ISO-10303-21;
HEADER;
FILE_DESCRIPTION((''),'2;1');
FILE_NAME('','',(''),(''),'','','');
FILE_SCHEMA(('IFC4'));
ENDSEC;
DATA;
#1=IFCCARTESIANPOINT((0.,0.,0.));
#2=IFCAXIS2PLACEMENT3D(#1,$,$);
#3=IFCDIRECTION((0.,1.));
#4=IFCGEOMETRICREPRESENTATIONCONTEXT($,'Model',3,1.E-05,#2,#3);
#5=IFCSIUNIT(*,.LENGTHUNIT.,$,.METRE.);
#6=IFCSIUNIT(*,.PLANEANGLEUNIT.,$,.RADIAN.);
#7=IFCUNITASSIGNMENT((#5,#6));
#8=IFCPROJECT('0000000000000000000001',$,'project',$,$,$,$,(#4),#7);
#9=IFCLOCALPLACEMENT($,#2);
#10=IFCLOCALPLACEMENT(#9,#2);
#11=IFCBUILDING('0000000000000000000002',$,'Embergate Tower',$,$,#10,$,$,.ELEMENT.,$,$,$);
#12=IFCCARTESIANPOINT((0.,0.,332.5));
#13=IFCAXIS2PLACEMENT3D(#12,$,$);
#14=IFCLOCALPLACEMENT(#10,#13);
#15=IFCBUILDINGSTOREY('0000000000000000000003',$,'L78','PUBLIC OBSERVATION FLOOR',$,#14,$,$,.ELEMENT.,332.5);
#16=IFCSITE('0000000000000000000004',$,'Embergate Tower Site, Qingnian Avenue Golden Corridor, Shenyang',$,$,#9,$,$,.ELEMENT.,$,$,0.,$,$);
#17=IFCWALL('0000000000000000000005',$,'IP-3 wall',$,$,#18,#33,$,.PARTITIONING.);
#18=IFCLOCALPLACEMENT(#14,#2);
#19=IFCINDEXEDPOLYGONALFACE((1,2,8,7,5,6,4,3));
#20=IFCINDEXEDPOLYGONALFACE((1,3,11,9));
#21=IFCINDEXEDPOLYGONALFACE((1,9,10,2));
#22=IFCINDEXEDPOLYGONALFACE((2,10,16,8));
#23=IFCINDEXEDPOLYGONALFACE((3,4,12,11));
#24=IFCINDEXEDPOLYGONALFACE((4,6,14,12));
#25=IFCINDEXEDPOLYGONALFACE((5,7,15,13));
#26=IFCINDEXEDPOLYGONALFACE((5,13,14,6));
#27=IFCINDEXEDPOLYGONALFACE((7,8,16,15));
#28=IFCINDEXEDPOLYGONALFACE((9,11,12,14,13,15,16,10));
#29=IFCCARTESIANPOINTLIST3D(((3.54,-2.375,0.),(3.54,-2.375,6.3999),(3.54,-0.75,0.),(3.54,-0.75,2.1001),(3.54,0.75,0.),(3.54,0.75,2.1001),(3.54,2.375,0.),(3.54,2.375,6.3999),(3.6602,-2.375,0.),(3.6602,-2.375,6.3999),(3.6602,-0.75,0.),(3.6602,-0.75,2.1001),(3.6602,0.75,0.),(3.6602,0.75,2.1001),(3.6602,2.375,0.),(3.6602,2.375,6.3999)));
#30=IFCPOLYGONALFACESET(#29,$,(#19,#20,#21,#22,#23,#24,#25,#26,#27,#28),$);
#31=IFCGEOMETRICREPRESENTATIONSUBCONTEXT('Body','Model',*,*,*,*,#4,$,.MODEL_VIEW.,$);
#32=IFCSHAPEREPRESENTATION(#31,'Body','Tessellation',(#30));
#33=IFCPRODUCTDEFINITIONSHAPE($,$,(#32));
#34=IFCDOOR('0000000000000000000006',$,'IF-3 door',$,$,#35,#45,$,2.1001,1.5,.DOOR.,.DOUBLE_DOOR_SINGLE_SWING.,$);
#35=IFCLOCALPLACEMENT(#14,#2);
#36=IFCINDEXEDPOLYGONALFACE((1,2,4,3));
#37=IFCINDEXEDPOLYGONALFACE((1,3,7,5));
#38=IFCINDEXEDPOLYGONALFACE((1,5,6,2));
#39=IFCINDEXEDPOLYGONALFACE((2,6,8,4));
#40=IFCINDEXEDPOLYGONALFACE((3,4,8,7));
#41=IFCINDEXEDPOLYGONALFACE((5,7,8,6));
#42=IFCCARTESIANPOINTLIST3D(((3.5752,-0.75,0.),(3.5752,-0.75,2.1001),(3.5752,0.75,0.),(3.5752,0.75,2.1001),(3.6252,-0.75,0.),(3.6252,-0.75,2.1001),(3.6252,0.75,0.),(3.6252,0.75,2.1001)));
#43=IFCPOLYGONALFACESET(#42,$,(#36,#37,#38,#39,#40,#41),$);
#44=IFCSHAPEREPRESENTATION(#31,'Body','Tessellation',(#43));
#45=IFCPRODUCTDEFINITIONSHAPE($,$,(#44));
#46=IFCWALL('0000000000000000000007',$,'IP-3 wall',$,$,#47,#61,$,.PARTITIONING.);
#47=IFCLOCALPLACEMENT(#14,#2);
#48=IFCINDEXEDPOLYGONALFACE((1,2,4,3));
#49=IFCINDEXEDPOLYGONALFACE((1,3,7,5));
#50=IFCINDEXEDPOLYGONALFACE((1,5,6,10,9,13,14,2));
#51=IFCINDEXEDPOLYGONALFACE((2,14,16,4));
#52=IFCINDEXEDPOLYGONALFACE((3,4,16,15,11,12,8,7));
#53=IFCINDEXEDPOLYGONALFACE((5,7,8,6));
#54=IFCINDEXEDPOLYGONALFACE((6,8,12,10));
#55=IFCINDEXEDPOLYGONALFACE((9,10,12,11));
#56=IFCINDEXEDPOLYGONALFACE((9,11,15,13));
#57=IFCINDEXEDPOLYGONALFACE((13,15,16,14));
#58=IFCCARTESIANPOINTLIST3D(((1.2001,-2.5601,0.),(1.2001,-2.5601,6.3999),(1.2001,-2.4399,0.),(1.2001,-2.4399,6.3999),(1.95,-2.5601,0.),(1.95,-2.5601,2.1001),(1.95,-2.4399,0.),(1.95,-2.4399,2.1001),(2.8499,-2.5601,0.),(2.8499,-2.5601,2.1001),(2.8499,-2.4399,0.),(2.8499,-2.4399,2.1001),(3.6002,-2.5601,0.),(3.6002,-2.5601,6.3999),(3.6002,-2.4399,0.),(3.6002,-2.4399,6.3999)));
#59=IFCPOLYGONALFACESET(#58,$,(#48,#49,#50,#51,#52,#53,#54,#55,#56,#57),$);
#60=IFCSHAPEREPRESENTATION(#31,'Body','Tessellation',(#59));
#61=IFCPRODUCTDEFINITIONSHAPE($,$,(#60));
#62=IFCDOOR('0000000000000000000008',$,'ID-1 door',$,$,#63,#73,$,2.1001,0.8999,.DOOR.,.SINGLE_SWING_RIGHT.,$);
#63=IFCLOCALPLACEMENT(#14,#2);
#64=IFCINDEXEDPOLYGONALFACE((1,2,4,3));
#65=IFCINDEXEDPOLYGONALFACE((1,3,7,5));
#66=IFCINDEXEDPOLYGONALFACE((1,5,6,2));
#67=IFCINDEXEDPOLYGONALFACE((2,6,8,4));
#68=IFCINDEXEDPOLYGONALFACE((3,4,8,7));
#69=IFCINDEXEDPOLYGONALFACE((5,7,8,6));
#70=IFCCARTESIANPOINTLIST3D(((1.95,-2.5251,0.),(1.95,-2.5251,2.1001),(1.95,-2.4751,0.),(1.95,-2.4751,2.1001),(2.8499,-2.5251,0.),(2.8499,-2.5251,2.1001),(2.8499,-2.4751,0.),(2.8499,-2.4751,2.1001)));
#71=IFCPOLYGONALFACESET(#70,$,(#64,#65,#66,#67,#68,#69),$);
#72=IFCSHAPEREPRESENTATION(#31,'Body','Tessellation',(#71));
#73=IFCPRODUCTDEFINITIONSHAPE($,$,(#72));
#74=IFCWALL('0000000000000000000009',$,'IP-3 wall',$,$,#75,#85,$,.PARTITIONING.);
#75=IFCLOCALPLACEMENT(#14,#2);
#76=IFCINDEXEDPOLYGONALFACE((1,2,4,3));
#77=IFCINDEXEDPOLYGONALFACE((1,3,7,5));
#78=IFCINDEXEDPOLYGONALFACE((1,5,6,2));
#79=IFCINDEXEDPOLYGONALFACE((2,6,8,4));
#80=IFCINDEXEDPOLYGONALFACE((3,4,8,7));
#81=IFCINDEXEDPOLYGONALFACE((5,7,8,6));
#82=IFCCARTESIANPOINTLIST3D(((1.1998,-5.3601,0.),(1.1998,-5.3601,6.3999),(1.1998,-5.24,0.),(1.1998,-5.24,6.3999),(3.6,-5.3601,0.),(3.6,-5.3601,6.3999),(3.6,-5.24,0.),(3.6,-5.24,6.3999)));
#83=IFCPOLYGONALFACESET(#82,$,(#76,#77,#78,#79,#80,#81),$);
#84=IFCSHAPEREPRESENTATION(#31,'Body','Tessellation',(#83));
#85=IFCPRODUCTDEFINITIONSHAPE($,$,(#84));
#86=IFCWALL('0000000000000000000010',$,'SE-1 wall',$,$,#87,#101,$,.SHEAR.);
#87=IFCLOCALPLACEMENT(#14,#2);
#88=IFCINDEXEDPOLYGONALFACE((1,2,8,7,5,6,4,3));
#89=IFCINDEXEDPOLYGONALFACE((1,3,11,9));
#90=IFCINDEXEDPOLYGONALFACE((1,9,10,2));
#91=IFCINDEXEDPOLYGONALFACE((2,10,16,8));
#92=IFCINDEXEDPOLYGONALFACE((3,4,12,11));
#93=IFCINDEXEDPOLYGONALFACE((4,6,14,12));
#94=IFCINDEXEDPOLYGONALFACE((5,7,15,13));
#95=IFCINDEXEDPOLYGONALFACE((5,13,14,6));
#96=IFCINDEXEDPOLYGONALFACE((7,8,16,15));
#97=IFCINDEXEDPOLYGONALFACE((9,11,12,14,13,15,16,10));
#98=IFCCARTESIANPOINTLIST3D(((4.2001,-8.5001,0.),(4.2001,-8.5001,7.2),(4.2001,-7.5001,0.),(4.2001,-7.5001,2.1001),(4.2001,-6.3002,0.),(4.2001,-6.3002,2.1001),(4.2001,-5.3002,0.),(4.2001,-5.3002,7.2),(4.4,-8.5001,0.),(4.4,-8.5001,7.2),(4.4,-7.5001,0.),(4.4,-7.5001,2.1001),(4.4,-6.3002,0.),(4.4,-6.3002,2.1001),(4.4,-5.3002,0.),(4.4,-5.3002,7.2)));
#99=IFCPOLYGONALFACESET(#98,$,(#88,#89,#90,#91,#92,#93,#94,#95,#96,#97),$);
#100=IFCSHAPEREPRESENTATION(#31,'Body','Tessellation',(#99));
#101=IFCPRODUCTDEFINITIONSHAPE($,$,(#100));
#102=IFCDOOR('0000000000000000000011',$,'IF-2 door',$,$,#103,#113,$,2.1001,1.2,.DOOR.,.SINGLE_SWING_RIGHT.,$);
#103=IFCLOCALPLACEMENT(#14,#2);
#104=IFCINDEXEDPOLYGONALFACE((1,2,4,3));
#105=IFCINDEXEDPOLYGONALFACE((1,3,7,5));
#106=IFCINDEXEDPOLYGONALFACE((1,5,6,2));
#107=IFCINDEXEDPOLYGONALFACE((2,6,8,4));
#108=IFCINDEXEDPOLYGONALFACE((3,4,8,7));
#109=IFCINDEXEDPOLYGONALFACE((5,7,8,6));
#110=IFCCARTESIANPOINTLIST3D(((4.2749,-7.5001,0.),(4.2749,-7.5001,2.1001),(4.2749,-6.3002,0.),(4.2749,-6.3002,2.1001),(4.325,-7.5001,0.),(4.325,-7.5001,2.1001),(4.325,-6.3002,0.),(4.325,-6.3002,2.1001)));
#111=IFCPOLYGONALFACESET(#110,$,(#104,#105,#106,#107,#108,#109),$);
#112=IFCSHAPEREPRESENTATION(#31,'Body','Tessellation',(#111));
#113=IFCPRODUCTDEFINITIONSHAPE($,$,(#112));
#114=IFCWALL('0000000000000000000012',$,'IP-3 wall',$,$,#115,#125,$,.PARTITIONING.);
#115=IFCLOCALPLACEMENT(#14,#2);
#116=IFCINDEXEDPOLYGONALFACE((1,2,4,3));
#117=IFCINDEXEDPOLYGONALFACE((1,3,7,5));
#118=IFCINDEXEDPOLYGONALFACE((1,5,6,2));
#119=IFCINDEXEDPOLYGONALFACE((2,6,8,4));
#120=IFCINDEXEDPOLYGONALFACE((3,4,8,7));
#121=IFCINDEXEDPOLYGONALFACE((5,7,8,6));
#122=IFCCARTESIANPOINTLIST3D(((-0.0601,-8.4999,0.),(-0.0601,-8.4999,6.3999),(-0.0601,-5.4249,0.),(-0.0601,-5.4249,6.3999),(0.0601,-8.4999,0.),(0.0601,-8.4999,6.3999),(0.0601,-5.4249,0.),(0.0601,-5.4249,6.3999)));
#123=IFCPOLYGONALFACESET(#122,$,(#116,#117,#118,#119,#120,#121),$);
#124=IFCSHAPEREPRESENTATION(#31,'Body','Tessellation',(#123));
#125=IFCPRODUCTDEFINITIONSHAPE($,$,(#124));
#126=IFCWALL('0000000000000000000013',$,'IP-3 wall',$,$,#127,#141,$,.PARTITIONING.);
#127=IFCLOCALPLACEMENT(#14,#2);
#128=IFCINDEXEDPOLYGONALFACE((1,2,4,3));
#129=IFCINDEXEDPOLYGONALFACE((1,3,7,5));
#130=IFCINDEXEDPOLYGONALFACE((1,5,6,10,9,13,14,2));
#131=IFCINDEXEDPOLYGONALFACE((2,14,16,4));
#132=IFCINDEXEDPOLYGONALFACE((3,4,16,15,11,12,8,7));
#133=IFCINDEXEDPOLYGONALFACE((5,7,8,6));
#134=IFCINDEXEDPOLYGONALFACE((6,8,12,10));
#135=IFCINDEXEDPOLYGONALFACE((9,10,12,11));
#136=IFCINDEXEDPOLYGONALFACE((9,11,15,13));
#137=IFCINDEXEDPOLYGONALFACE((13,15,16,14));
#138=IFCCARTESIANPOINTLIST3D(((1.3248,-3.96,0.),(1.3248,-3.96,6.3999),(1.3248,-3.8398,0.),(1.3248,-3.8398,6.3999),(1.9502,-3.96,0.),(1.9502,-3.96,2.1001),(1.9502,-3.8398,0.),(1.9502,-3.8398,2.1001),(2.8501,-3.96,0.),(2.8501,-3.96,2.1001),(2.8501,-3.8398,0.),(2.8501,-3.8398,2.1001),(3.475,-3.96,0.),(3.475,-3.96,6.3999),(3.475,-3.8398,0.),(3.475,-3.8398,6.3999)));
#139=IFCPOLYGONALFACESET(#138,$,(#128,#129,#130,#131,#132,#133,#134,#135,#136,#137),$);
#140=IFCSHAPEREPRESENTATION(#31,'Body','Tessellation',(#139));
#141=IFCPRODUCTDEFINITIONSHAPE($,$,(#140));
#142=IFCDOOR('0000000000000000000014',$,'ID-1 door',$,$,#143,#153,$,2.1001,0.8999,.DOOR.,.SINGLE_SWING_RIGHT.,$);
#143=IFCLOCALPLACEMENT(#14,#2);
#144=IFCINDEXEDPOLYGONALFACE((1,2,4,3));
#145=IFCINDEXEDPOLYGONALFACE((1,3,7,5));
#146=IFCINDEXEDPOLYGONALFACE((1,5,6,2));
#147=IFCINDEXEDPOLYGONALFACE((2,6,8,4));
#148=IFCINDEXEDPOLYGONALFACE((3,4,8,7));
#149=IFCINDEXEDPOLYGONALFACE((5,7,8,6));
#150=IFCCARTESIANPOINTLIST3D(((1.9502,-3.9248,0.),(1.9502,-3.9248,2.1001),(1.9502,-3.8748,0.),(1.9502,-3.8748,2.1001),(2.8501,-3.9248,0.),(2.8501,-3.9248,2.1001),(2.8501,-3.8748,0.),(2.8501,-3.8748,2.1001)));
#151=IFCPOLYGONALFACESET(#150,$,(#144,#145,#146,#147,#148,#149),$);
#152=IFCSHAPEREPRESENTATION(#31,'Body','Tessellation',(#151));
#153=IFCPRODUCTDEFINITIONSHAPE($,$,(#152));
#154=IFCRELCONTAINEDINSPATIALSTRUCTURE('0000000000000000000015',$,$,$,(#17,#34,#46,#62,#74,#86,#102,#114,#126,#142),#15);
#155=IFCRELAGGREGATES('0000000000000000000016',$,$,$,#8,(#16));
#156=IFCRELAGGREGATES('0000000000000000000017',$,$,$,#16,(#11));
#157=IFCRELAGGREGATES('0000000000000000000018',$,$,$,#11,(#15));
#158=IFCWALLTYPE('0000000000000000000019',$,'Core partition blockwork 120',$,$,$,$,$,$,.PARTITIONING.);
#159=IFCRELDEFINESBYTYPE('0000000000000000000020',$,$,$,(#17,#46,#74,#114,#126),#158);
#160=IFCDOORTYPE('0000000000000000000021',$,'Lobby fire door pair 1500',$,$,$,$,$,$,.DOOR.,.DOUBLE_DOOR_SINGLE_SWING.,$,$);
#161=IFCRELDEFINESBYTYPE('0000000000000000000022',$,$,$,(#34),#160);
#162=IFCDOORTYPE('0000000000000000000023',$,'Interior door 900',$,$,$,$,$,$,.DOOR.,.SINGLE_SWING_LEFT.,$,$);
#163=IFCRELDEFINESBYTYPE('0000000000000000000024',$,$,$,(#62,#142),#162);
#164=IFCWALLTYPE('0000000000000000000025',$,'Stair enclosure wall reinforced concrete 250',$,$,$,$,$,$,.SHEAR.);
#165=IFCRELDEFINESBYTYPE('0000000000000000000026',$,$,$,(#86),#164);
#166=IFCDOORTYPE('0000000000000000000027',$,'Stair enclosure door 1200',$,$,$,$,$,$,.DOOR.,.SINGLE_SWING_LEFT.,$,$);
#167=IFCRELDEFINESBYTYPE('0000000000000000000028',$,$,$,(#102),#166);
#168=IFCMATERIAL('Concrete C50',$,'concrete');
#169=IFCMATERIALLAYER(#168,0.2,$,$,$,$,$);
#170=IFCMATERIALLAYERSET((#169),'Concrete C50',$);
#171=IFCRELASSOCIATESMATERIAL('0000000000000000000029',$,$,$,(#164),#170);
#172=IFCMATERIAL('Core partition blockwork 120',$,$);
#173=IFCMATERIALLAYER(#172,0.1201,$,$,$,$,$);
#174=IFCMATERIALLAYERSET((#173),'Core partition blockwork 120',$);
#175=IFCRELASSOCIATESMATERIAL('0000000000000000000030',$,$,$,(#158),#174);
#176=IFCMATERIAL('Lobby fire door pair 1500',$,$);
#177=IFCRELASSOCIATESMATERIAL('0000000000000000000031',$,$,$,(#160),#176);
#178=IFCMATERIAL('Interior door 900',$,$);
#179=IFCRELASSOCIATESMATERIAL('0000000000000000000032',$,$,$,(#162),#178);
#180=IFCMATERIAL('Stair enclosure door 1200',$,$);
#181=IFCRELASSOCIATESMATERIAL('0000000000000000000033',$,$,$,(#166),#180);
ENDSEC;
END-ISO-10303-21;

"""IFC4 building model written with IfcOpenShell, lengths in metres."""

from ifc_helpers import new_model, si_unit, direction, frame, frame_2d, origin, place, context, subcontext, project, spatial, rectangle, extrude, source, transform, mapped, material, layer, layer_set, type_object, element, fill, save


model = new_model("IFC4")

# Units and contexts
model_context = context("Model", 3, precision=1e-05, world=origin(), true_north=direction((0.0, 1.0)))
body_context = subcontext(model_context, "Body", "Model", "MODEL_VIEW")
ifc_project = project(units=[si_unit("LENGTHUNIT", "METRE"), si_unit("PLANEANGLEUNIT", "RADIAN")], contexts=[model_context])

# Site, building, storey
site_placement = place(None, origin())
site = spatial("IfcSite", under=ifc_project, at=site_placement, Name="Embergate Tower Site, Qingnian Avenue Golden Corridor, Shenyang", CompositionType="ELEMENT", RefElevation=0.0)
building_placement = place(site_placement, origin())
building = spatial("IfcBuilding", under=site, at=building_placement, Name="Embergate Tower", CompositionType="ELEMENT")
storey_placement = place(building_placement, frame((0.0, 0.0, 332.5)))
storey = spatial("IfcBuildingStorey", under=building, at=storey_placement, Name="L78", Description="PUBLIC OBSERVATION FLOOR", CompositionType="ELEMENT", Elevation=332.5)

# Shared definitions
ifc_material_1 = material(Name="Concrete C50", Category="concrete")
ifc_layer_1 = layer(ifc_material_1, 0.2)
ifc_layer_set_1 = layer_set([ifc_layer_1], Name="Concrete C50")
wall_type_1 = type_object("IfcWallType", Name="Stair enclosure wall reinforced concrete 250", PredefinedType="SHEAR", material=ifc_layer_set_1)

# Walls, openings, doors
ifc_material_2 = material(Name="Core partition blockwork 120")
ifc_layer_2 = layer(ifc_material_2, 0.1201)
ifc_layer_set_2 = layer_set([ifc_layer_2], Name="Core partition blockwork 120")
wall_type_2 = type_object("IfcWallType", Name="Core partition blockwork 120", PredefinedType="PARTITIONING", material=ifc_layer_set_2)
shared_shape_1 = source(origin(), body_context, "Body", "SweptSolid", [
    extrude(rectangle(XDim=4.75, YDim=0.1201, at=frame_2d((2.375, 0.0))), origin(), (0.0, 0.0, 1.0), 6.3999),
])
wall_1_placement = place(storey_placement, frame((3.6001, -2.375, 0.0), z_axis=(0.0, 0.0, 1.0), x_axis=(0.0, 1.0, 0.0)))
wall_1 = element("IfcWall", 1, at=wall_1_placement, inside=storey, type_object=wall_type_2, Name="IP-3 wall", PredefinedType="PARTITIONING", context=body_context, shape_type="MappedRepresentation", body=[
    mapped(shared_shape_1, transform((0.0, 0.0, 0.0))),
])
shared_shape_2 = source(origin(), body_context, "Body", "SweptSolid", [
    extrude(rectangle(XDim=1.5, YDim=2.1001, at=frame_2d((0.75, 1.05))), frame((0.0, 0.0701, 0.0), z_axis=(0.0, -1.0, 0.0), x_axis=(1.0, 0.0, 0.0)), (0.0, 0.0, 1.0), 0.1401),
])
opening_1_placement = place(wall_1_placement, frame((1.625, 0.0, 0.0)))
opening_1 = element("IfcOpeningElement", 2, at=opening_1_placement, cuts=wall_1, PredefinedType="OPENING", context=body_context, shape_type="MappedRepresentation", body=[
    mapped(shared_shape_2, transform((0.0, 0.0, 0.0))),
])
ifc_material_3 = material(Name="Lobby fire door pair 1500")
door_type_1 = type_object("IfcDoorType", Name="Lobby fire door pair 1500", OperationType="DOUBLE_DOOR_SINGLE_SWING", PredefinedType="DOOR", material=ifc_material_3)
shared_shape_3 = source(origin(), body_context, "Body", "SweptSolid", [
    extrude(rectangle(XDim=1.5, YDim=2.1001, at=frame_2d((0.75, 1.05))), frame((0.0, 0.0249, 0.0), z_axis=(0.0, -1.0, 0.0), x_axis=(1.0, 0.0, 0.0)), (0.0, 0.0, 1.0), 0.05),
])
door_1_placement = place(opening_1_placement, origin())
door_1 = element("IfcDoor", 3, at=door_1_placement, inside=storey, type_object=door_type_1, Name="IF-3 door", OperationType="DOUBLE_DOOR_SINGLE_SWING", OverallHeight=2.1001, OverallWidth=1.5, PredefinedType="DOOR", context=body_context, shape_type="MappedRepresentation", body=[
    mapped(shared_shape_3, transform((0.0, 0.0, 0.0))),
])
fill(opening_1, door_1)
shared_shape_4 = source(origin(), body_context, "Body", "SweptSolid", [
    extrude(rectangle(XDim=2.4001, YDim=0.1201, at=frame_2d((1.2002, 0.0))), origin(), (0.0, 0.0, 1.0), 6.3999),
])
wall_2_placement = place(storey_placement, frame((1.2, -2.5, 0.0), z_axis=(0.0, 0.0, 1.0), x_axis=(1.0, 0.0, 0.0)))
wall_2 = element("IfcWall", 4, at=wall_2_placement, inside=storey, type_object=wall_type_2, Name="IP-3 wall", PredefinedType="PARTITIONING", context=body_context, shape_type="MappedRepresentation", body=[
    mapped(shared_shape_4, transform((0.0, 0.0, 0.0))),
])
shared_shape_5 = source(origin(), body_context, "Body", "SweptSolid", [
    extrude(rectangle(XDim=0.8999, YDim=2.1001, at=frame_2d((0.45, 1.05))), frame((0.0, 0.0701, 0.0), z_axis=(0.0, -1.0, 0.0), x_axis=(1.0, 0.0, 0.0)), (0.0, 0.0, 1.0), 0.1401),
])
opening_2_placement = place(wall_2_placement, frame((0.75, 0.0, 0.0)))
opening_2 = element("IfcOpeningElement", 5, at=opening_2_placement, cuts=wall_2, PredefinedType="OPENING", context=body_context, shape_type="MappedRepresentation", body=[
    mapped(shared_shape_5, transform((0.0, 0.0, 0.0))),
])
ifc_material_4 = material(Name="Interior door 900")
door_type_2 = type_object("IfcDoorType", Name="Interior door 900", OperationType="SINGLE_SWING_LEFT", PredefinedType="DOOR", material=ifc_material_4)
shared_shape_6 = source(origin(), body_context, "Body", "SweptSolid", [
    extrude(rectangle(XDim=0.8999, YDim=2.1001, at=frame_2d((0.45, 1.05))), frame((0.0, 0.0249, 0.0), z_axis=(0.0, -1.0, 0.0), x_axis=(1.0, 0.0, 0.0)), (0.0, 0.0, 1.0), 0.05),
])
door_2_placement = place(opening_2_placement, origin())
door_2 = element("IfcDoor", 6, at=door_2_placement, inside=storey, type_object=door_type_2, Name="ID-1 door", OperationType="SINGLE_SWING_RIGHT", OverallHeight=2.1001, OverallWidth=0.8999, PredefinedType="DOOR", context=body_context, shape_type="MappedRepresentation", body=[
    mapped(shared_shape_6, transform((0.0, 0.0, 0.0))),
])
fill(opening_2, door_2)

# Wall
wall_3_placement = place(storey_placement, frame((3.6001, -5.3, 0.0), z_axis=(0.0, 0.0, 1.0), x_axis=(-1.0, 0.0, 0.0)))
element("IfcWall", 7, at=wall_3_placement, inside=storey, type_object=wall_type_2, Name="IP-3 wall", PredefinedType="PARTITIONING", context=body_context, shape_type="MappedRepresentation", body=[
    mapped(shared_shape_4, transform((0.0, 0.0, 0.0))),
])

# Wall, opening, door
shared_shape_7 = source(origin(), body_context, "Body", "SweptSolid", [
    extrude(rectangle(XDim=3.2, YDim=0.2, at=frame_2d((1.6001, 0.0))), origin(), (0.0, 0.0, 1.0), 7.2),
])
wall_4_placement = place(storey_placement, frame((4.3, -5.3, 0.0), z_axis=(0.0, 0.0, 1.0), x_axis=(0.0, -1.0, 0.0)))
wall_4 = element("IfcWall", 8, at=wall_4_placement, inside=storey, type_object=wall_type_1, Name="SE-1 wall", PredefinedType="SHEAR", context=body_context, shape_type="MappedRepresentation", body=[
    mapped(shared_shape_7, transform((0.0, 0.0, 0.0))),
])
shared_shape_8 = source(origin(), body_context, "Body", "SweptSolid", [
    extrude(rectangle(XDim=1.2, YDim=2.1001, at=frame_2d((0.6001, 1.05))), frame((0.0, 0.1099, 0.0), z_axis=(0.0, -1.0, 0.0), x_axis=(1.0, 0.0, 0.0)), (0.0, 0.0, 1.0), 0.22),
])
opening_3_placement = place(wall_4_placement, frame((1.0, 0.0, 0.0)))
opening_3 = element("IfcOpeningElement", 9, at=opening_3_placement, cuts=wall_4, PredefinedType="OPENING", context=body_context, shape_type="MappedRepresentation", body=[
    mapped(shared_shape_8, transform((0.0, 0.0, 0.0))),
])
ifc_material_5 = material(Name="Stair enclosure door 1200")
door_type_3 = type_object("IfcDoorType", Name="Stair enclosure door 1200", OperationType="SINGLE_SWING_LEFT", PredefinedType="DOOR", material=ifc_material_5)
shared_shape_9 = source(origin(), body_context, "Body", "SweptSolid", [
    extrude(rectangle(XDim=1.2, YDim=2.1001, at=frame_2d((0.6001, 1.05))), frame((0.0, 0.0249, 0.0), z_axis=(0.0, -1.0, 0.0), x_axis=(1.0, 0.0, 0.0)), (0.0, 0.0, 1.0), 0.05),
])
door_3_placement = place(opening_3_placement, origin())
door_3 = element("IfcDoor", 10, at=door_3_placement, inside=storey, type_object=door_type_3, Name="IF-2 door", OperationType="SINGLE_SWING_RIGHT", OverallHeight=2.1001, OverallWidth=1.2, PredefinedType="DOOR", context=body_context, shape_type="MappedRepresentation", body=[
    mapped(shared_shape_9, transform((0.0, 0.0, 0.0))),
])
fill(opening_3, door_3)

# Wall
shared_shape_10 = source(origin(), body_context, "Body", "SweptSolid", [
    extrude(rectangle(XDim=3.075, YDim=0.1201, at=frame_2d((1.5376, 0.0))), origin(), (0.0, 0.0, 1.0), 6.3999),
])
wall_5_placement = place(storey_placement, frame((0.0, -8.5, 0.0), z_axis=(0.0, 0.0, 1.0), x_axis=(0.0, 1.0, 0.0)))
element("IfcWall", 11, at=wall_5_placement, inside=storey, type_object=wall_type_2, Name="IP-3 wall", PredefinedType="PARTITIONING", context=body_context, shape_type="MappedRepresentation", body=[
    mapped(shared_shape_10, transform((0.0, 0.0, 0.0))),
])

# Wall, opening, door
shared_shape_11 = source(origin(), body_context, "Body", "SweptSolid", [
    extrude(rectangle(XDim=2.1501, YDim=0.1201, at=frame_2d((1.0752, 0.0))), origin(), (0.0, 0.0, 1.0), 6.3999),
])
wall_6_placement = place(storey_placement, frame((3.4751, -3.8999, 0.0), z_axis=(0.0, 0.0, 1.0), x_axis=(-1.0, 0.0, 0.0)))
wall_6 = element("IfcWall", 12, at=wall_6_placement, inside=storey, type_object=wall_type_2, Name="IP-3 wall", PredefinedType="PARTITIONING", context=body_context, shape_type="MappedRepresentation", body=[
    mapped(shared_shape_11, transform((0.0, 0.0, 0.0))),
])
opening_4_placement = place(wall_6_placement, frame((0.625, 0.0, 0.0)))
opening_4 = element("IfcOpeningElement", 13, at=opening_4_placement, cuts=wall_6, PredefinedType="OPENING", context=body_context, shape_type="MappedRepresentation", body=[
    mapped(shared_shape_5, transform((0.0, 0.0, 0.0))),
])
door_4_placement = place(opening_4_placement, origin())
door_4 = element("IfcDoor", 14, at=door_4_placement, inside=storey, type_object=door_type_2, Name="ID-1 door", OperationType="SINGLE_SWING_RIGHT", OverallHeight=2.1001, OverallWidth=0.8999, PredefinedType="DOOR", context=body_context, shape_type="MappedRepresentation", body=[
    mapped(shared_shape_6, transform((0.0, 0.0, 0.0))),
])
fill(opening_4, door_4)

save(model, "model.ifc")
